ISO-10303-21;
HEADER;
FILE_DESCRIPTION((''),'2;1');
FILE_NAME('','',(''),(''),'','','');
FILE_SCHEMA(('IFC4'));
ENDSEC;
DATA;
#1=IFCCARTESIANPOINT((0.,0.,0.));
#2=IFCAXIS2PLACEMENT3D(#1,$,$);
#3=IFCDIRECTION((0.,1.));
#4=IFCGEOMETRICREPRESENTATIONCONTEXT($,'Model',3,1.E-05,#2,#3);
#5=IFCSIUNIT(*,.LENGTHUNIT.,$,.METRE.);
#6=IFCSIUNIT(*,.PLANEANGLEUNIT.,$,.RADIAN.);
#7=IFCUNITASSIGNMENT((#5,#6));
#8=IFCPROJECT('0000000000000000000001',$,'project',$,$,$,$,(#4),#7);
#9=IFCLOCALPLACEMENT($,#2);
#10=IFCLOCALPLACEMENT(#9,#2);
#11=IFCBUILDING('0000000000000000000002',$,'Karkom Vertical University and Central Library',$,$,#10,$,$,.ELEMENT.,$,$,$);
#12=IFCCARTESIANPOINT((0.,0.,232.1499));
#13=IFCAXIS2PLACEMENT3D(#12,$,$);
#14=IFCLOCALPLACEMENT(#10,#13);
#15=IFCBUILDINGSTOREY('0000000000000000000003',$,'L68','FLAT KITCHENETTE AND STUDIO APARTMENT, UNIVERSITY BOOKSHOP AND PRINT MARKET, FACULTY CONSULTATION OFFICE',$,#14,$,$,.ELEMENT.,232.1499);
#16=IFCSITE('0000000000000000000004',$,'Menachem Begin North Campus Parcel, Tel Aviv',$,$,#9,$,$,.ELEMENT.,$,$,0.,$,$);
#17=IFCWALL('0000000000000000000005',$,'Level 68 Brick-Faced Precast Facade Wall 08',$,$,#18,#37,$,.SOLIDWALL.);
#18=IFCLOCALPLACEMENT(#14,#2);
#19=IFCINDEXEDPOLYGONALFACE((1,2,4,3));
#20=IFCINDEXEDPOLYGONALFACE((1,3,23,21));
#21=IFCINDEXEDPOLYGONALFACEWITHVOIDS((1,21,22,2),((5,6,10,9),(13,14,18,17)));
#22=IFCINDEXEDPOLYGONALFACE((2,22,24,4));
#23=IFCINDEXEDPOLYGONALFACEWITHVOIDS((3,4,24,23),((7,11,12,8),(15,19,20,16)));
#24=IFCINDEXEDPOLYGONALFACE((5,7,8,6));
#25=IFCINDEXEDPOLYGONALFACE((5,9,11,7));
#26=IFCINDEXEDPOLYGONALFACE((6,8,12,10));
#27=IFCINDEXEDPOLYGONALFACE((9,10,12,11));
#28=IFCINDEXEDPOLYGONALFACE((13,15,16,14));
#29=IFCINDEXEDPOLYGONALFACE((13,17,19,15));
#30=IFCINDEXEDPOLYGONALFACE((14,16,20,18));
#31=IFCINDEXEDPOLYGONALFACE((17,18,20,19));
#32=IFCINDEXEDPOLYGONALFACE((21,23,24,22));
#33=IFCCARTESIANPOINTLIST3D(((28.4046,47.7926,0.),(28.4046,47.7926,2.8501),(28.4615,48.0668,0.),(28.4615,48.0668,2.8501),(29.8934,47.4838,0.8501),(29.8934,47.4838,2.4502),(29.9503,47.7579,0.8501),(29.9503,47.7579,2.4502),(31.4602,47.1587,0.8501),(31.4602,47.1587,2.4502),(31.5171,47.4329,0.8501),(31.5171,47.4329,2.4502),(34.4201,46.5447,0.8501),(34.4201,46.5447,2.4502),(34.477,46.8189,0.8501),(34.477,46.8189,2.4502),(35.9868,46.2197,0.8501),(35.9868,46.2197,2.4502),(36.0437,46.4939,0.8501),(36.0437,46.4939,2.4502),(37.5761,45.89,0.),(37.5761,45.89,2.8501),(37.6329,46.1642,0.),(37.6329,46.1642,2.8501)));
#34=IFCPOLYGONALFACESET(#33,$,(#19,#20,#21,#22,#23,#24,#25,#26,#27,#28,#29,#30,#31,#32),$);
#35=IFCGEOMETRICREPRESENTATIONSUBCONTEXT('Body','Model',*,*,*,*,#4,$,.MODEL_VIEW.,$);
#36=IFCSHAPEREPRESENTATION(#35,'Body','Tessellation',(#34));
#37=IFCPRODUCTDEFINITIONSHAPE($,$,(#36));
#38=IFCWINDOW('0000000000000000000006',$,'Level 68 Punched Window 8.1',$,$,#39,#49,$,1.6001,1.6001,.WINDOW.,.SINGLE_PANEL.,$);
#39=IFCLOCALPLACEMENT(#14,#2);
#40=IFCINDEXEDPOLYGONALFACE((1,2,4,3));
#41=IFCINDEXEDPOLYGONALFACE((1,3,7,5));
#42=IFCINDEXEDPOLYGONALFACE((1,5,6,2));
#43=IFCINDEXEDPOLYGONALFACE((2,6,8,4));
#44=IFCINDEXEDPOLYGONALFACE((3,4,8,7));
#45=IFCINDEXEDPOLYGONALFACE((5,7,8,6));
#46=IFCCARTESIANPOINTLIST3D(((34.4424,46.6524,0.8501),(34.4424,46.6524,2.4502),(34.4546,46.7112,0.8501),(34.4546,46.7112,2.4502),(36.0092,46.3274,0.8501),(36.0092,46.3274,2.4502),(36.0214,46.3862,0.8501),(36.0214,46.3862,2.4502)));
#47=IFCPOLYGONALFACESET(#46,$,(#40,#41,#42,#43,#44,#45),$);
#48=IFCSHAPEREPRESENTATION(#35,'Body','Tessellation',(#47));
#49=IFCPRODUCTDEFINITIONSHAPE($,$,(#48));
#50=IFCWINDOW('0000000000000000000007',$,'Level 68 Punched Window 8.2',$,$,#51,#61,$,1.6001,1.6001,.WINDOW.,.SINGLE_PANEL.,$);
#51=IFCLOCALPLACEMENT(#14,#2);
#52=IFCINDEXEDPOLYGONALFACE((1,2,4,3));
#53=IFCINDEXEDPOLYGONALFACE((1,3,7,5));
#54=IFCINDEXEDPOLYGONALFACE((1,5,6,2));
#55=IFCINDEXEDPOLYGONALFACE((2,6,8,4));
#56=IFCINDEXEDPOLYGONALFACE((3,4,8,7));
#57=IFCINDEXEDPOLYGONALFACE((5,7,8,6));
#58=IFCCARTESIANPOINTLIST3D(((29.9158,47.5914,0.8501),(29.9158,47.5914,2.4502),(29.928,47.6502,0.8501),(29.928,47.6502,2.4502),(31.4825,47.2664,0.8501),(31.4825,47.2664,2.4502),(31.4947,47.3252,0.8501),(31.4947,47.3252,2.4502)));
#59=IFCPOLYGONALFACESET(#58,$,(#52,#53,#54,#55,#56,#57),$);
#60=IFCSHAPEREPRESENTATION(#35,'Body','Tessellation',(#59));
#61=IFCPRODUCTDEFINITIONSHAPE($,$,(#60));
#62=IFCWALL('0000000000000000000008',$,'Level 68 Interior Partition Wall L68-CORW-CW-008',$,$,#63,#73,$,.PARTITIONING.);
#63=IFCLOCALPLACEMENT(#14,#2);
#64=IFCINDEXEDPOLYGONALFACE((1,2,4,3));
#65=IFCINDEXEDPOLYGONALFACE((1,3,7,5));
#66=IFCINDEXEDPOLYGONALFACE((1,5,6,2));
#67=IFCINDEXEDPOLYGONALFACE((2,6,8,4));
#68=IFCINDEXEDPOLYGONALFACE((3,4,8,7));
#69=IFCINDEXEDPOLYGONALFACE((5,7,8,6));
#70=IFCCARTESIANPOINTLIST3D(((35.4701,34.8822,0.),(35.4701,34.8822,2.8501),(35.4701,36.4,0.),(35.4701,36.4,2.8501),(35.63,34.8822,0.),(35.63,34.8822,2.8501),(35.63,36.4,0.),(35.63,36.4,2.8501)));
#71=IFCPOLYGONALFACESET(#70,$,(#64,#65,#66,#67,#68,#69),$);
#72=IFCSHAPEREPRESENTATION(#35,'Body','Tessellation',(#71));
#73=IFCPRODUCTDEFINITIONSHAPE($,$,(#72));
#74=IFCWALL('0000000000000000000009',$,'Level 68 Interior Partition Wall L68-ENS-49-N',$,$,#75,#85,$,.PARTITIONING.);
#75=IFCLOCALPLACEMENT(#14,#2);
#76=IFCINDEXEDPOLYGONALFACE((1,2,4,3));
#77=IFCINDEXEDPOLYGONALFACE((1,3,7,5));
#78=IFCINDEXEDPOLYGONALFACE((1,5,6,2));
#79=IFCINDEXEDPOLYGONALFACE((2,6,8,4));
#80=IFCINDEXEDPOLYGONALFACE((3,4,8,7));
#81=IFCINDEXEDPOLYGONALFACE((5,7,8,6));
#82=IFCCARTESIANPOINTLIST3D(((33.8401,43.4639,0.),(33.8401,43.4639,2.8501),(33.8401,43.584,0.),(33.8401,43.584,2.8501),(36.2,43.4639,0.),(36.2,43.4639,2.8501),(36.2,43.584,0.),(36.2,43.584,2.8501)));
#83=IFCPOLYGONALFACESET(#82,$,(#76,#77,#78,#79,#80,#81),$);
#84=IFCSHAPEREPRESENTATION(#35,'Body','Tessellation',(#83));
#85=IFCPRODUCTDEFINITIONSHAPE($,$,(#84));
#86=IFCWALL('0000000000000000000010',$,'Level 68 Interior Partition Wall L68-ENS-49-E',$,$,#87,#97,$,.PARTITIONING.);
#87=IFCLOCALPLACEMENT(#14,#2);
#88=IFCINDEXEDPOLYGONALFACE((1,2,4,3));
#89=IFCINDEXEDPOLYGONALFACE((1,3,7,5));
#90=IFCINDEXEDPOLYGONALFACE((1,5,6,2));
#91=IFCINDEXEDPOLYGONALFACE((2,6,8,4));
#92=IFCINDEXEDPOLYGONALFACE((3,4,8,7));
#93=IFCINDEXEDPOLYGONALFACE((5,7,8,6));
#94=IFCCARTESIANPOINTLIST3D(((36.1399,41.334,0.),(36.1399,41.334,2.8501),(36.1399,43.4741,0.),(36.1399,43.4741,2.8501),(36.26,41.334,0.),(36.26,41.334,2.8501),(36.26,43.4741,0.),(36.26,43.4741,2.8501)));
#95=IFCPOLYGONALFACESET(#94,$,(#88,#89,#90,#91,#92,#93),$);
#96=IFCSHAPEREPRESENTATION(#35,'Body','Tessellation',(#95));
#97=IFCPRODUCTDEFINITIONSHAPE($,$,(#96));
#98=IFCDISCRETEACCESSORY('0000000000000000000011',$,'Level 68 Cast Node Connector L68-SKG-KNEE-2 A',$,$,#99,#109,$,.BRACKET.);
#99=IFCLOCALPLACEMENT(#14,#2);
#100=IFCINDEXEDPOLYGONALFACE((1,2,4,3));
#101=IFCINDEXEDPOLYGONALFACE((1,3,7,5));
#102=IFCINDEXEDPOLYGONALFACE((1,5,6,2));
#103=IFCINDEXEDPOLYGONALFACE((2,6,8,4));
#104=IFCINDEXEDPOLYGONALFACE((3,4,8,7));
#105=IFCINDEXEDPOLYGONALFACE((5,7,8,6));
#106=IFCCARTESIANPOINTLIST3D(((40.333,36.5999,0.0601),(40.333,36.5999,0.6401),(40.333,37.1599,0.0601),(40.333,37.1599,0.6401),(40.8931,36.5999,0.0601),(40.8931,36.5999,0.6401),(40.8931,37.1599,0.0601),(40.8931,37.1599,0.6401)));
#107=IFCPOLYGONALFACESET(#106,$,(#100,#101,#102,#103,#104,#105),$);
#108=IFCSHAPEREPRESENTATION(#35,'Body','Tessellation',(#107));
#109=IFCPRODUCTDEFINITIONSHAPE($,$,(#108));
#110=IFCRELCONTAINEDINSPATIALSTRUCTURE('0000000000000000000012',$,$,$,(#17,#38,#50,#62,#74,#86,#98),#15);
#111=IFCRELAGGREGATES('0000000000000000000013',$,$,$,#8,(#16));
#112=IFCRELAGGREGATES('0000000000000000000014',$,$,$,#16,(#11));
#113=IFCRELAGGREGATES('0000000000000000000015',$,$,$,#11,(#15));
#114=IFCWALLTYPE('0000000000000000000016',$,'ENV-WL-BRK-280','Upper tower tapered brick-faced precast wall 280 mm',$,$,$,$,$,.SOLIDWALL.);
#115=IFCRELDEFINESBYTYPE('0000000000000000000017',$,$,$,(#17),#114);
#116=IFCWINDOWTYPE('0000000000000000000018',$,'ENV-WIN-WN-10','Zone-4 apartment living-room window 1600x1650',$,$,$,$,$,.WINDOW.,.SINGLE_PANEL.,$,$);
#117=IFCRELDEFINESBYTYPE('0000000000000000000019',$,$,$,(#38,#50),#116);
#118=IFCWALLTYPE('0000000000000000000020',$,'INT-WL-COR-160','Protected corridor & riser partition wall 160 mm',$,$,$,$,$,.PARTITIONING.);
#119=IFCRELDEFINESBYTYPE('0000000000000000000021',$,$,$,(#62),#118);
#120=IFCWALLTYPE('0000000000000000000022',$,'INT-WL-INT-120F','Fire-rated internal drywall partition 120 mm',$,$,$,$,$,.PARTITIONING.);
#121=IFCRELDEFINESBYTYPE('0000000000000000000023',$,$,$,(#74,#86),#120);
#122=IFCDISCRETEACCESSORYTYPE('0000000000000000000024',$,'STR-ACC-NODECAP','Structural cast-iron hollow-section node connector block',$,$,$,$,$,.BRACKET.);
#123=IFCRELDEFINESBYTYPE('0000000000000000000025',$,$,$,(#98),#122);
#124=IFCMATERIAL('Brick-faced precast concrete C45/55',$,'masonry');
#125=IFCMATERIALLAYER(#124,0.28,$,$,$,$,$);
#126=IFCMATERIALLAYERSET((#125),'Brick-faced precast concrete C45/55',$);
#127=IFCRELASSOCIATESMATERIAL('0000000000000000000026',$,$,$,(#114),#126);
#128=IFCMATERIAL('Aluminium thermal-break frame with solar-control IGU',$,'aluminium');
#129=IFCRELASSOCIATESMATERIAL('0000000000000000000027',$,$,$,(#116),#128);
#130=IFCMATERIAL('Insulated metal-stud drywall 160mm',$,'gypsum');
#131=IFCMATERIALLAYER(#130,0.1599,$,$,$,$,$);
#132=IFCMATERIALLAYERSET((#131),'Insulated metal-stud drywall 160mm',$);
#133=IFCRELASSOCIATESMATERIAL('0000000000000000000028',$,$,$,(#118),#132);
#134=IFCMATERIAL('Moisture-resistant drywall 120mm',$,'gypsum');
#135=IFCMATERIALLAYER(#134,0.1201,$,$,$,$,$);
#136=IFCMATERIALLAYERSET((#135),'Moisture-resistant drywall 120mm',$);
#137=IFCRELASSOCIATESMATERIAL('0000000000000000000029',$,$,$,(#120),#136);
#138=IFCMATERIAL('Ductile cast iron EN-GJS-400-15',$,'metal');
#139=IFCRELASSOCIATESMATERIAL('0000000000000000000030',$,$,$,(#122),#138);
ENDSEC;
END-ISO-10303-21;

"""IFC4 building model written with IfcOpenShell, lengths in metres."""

from ifc_helpers import new_model, si_unit, direction, frame, frame_2d, origin, origin_with_axes, origin_2d, place, context, subcontext, project, spatial, rectangle, extrude, source, transform, mapped, material, layer, layer_set, type_object, element, fill, save


model = new_model("IFC4")

# Units and contexts
model_context = context("Model", 3, precision=1e-05, world=origin(), true_north=direction((0.0, 1.0)))
body_context = subcontext(model_context, "Body", "Model", "MODEL_VIEW")
ifc_project = project(units=[si_unit("LENGTHUNIT", "METRE"), si_unit("PLANEANGLEUNIT", "RADIAN")], contexts=[model_context])

# Site, building, storey
site_placement = place(None, origin())
site = spatial("IfcSite", under=ifc_project, at=site_placement, Name="Menachem Begin North Campus Parcel, Tel Aviv", CompositionType="ELEMENT", RefElevation=0.0)
building_placement = place(site_placement, origin())
building = spatial("IfcBuilding", under=site, at=building_placement, Name="Karkom Vertical University and Central Library", CompositionType="ELEMENT")
storey_placement = place(building_placement, frame((0.0, 0.0, 232.1499)))
storey = spatial("IfcBuildingStorey", under=building, at=storey_placement, Name="L68", Description="FLAT KITCHENETTE AND STUDIO APARTMENT, UNIVERSITY BOOKSHOP AND PRINT MARKET, FACULTY CONSULTATION OFFICE", CompositionType="ELEMENT", Elevation=232.1499)

# Wall, openings, windows
ifc_material_1 = material(Name="Brick-faced precast concrete C45/55", Category="masonry")
ifc_layer_1 = layer(ifc_material_1, 0.28)
ifc_layer_set_1 = layer_set([ifc_layer_1], Name="Brick-faced precast concrete C45/55")
wall_type_1 = type_object("IfcWallType", Name="ENV-WL-BRK-280", Description="Upper tower tapered brick-faced precast wall 280 mm", PredefinedType="SOLIDWALL", material=ifc_layer_set_1)
ifc_material_2 = material(Name="Aluminium thermal-break frame with solar-control IGU", Category="aluminium")
window_type = type_object("IfcWindowType", Name="ENV-WIN-WN-10", Description="Zone-4 apartment living-room window 1600x1650", PartitioningType="SINGLE_PANEL", PredefinedType="WINDOW", material=ifc_material_2)
shared_shape_1 = source(origin_with_axes(), body_context, "Body", "SweptSolid", [
    extrude(rectangle(XDim=1.6001, YDim=1.6001, at=frame_2d((0.8, 0.8))), frame((0.0, 0.03, 0.0), z_axis=(0.0, -1.0, 0.0), x_axis=(1.0, 0.0, 0.0)), (0.0, 0.0, 1.0), 0.0601),
])
wall_1_placement = place(storey_placement, frame((37.6045, 46.0271, 0.0), z_axis=(0.0, 0.0, 1.0), x_axis=(-0.979153, 0.203124, 0.0)))
wall_1 = element("IfcWall", 1, at=wall_1_placement, inside=storey, type_object=wall_type_1, Name="Level 68 Brick-Faced Precast Facade Wall 08", PredefinedType="SOLIDWALL", context=body_context, shape_type="SweptSolid", body=[
    extrude(rectangle(XDim=9.3667, YDim=0.28, at=frame_2d((4.6833, 0.0))), origin(), (0.0, 0.0, 1.0), 2.8501),
])
opening_1_placement = place(wall_1_placement, frame((1.623, 0.0, 0.8501)))
opening_1 = element("IfcOpeningElement", 2, at=opening_1_placement, cuts=wall_1, PredefinedType="OPENING", context=body_context, shape_type="SweptSolid", body=[
    extrude(rectangle(XDim=1.6001, YDim=1.6001, at=frame_2d((0.8, 0.8))), frame((0.0, 0.1499, 0.0), z_axis=(0.0, -1.0, 0.0), x_axis=(1.0, 0.0, 0.0)), (0.0, 0.0, 1.0), 0.3),
])
opening_2_placement = place(wall_1_placement, frame((6.2461, 0.0, 0.8501)))
opening_2 = element("IfcOpeningElement", 3, at=opening_2_placement, cuts=wall_1, PredefinedType="OPENING", context=body_context, shape_type="SweptSolid", body=[
    extrude(rectangle(XDim=1.6001, YDim=1.6001, at=frame_2d((0.8, 0.8))), frame((0.0, 0.1499, 0.0), z_axis=(0.0, -1.0, 0.0), x_axis=(1.0, 0.0, 0.0)), (0.0, 0.0, 1.0), 0.3),
])
window_1_placement = place(opening_1_placement, origin())
window_1 = element("IfcWindow", 4, at=window_1_placement, inside=storey, type_object=window_type, Name="Level 68 Punched Window 8.1", OverallHeight=1.6001, OverallWidth=1.6001, PartitioningType="SINGLE_PANEL", PredefinedType="WINDOW", context=body_context, shape_type="MappedRepresentation", body=[
    mapped(shared_shape_1, transform((0.0, 0.0, 0.0), scale=1.0)),
])
fill(opening_1, window_1)
window_2_placement = place(opening_2_placement, origin())
window_2 = element("IfcWindow", 5, at=window_2_placement, inside=storey, type_object=window_type, Name="Level 68 Punched Window 8.2", OverallHeight=1.6001, OverallWidth=1.6001, PartitioningType="SINGLE_PANEL", PredefinedType="WINDOW", context=body_context, shape_type="MappedRepresentation", body=[
    mapped(shared_shape_1, transform((0.0, 0.0, 0.0), scale=1.0)),
])
fill(opening_2, window_2)

# Walls
ifc_material_3 = material(Name="Insulated metal-stud drywall 160mm", Category="gypsum")
ifc_layer_2 = layer(ifc_material_3, 0.1599)
ifc_layer_set_2 = layer_set([ifc_layer_2], Name="Insulated metal-stud drywall 160mm")
wall_type_2 = type_object("IfcWallType", Name="INT-WL-COR-160", Description="Protected corridor & riser partition wall 160 mm", PredefinedType="PARTITIONING", material=ifc_layer_set_2)
wall_2_placement = place(storey_placement, frame((35.55, 36.3999, 0.0), z_axis=(0.0, 0.0, 1.0), x_axis=(0.0, -1.0, 0.0)))
element("IfcWall", 6, at=wall_2_placement, inside=storey, type_object=wall_type_2, Name="Level 68 Interior Partition Wall L68-CORW-CW-008", PredefinedType="PARTITIONING", context=body_context, shape_type="SweptSolid", body=[
    extrude(rectangle(XDim=1.5178, YDim=0.1599, at=frame_2d((0.7588, 0.0))), origin(), (0.0, 0.0, 1.0), 2.8501),
])
ifc_material_4 = material(Name="Moisture-resistant drywall 120mm", Category="gypsum")
ifc_layer_3 = layer(ifc_material_4, 0.1201)
ifc_layer_set_3 = layer_set([ifc_layer_3], Name="Moisture-resistant drywall 120mm")
wall_type_3 = type_object("IfcWallType", Name="INT-WL-INT-120F", Description="Fire-rated internal drywall partition 120 mm", PredefinedType="PARTITIONING", material=ifc_layer_set_3)
wall_3_placement = place(storey_placement, frame((36.2, 43.5239, 0.0), z_axis=(0.0, 0.0, 1.0), x_axis=(-1.0, 0.0, 0.0)))
element("IfcWall", 7, at=wall_3_placement, inside=storey, type_object=wall_type_3, Name="Level 68 Interior Partition Wall L68-ENS-49-N", PredefinedType="PARTITIONING", context=body_context, shape_type="SweptSolid", body=[
    extrude(rectangle(XDim=2.3599, YDim=0.1201, at=frame_2d((1.1799, 0.0))), origin(), (0.0, 0.0, 1.0), 2.8501),
])
wall_4_placement = place(storey_placement, frame((36.2, 41.334, 0.0), z_axis=(0.0, 0.0, 1.0), x_axis=(0.0, 1.0, 0.0)))
element("IfcWall", 8, at=wall_4_placement, inside=storey, type_object=wall_type_3, Name="Level 68 Interior Partition Wall L68-ENS-49-E", PredefinedType="PARTITIONING", context=body_context, shape_type="SweptSolid", body=[
    extrude(rectangle(XDim=2.1401, YDim=0.1201, at=frame_2d((1.0701, 0.0))), origin(), (0.0, 0.0, 1.0), 2.8501),
])

# Discrete accessory
ifc_material_5 = material(Name="Ductile cast iron EN-GJS-400-15", Category="metal")
discrete_accessory_type = type_object("IfcDiscreteAccessoryType", Name="STR-ACC-NODECAP", Description="Structural cast-iron hollow-section node connector block", PredefinedType="BRACKET", material=ifc_material_5)
shared_shape_2 = source(origin_with_axes(), body_context, "Body", "SweptSolid", [
    extrude(rectangle(XDim=0.5601, YDim=0.5601, at=origin_2d()), origin(), (0.0, 0.0, 1.0), 0.5801),
])
discrete_accessory_placement = place(storey_placement, frame((40.613, 36.8799, 0.0601), z_axis=(0.0, 0.0, 1.0), x_axis=(1.0, 0.0, 0.0)))
element("IfcDiscreteAccessory", 9, at=discrete_accessory_placement, inside=storey, type_object=discrete_accessory_type, Name="Level 68 Cast Node Connector L68-SKG-KNEE-2 A", PredefinedType="BRACKET", context=body_context, shape_type="MappedRepresentation", body=[
    mapped(shared_shape_2, transform((0.0, 0.0, 0.0), scale=1.0)),
])

save(model, "model.ifc")
